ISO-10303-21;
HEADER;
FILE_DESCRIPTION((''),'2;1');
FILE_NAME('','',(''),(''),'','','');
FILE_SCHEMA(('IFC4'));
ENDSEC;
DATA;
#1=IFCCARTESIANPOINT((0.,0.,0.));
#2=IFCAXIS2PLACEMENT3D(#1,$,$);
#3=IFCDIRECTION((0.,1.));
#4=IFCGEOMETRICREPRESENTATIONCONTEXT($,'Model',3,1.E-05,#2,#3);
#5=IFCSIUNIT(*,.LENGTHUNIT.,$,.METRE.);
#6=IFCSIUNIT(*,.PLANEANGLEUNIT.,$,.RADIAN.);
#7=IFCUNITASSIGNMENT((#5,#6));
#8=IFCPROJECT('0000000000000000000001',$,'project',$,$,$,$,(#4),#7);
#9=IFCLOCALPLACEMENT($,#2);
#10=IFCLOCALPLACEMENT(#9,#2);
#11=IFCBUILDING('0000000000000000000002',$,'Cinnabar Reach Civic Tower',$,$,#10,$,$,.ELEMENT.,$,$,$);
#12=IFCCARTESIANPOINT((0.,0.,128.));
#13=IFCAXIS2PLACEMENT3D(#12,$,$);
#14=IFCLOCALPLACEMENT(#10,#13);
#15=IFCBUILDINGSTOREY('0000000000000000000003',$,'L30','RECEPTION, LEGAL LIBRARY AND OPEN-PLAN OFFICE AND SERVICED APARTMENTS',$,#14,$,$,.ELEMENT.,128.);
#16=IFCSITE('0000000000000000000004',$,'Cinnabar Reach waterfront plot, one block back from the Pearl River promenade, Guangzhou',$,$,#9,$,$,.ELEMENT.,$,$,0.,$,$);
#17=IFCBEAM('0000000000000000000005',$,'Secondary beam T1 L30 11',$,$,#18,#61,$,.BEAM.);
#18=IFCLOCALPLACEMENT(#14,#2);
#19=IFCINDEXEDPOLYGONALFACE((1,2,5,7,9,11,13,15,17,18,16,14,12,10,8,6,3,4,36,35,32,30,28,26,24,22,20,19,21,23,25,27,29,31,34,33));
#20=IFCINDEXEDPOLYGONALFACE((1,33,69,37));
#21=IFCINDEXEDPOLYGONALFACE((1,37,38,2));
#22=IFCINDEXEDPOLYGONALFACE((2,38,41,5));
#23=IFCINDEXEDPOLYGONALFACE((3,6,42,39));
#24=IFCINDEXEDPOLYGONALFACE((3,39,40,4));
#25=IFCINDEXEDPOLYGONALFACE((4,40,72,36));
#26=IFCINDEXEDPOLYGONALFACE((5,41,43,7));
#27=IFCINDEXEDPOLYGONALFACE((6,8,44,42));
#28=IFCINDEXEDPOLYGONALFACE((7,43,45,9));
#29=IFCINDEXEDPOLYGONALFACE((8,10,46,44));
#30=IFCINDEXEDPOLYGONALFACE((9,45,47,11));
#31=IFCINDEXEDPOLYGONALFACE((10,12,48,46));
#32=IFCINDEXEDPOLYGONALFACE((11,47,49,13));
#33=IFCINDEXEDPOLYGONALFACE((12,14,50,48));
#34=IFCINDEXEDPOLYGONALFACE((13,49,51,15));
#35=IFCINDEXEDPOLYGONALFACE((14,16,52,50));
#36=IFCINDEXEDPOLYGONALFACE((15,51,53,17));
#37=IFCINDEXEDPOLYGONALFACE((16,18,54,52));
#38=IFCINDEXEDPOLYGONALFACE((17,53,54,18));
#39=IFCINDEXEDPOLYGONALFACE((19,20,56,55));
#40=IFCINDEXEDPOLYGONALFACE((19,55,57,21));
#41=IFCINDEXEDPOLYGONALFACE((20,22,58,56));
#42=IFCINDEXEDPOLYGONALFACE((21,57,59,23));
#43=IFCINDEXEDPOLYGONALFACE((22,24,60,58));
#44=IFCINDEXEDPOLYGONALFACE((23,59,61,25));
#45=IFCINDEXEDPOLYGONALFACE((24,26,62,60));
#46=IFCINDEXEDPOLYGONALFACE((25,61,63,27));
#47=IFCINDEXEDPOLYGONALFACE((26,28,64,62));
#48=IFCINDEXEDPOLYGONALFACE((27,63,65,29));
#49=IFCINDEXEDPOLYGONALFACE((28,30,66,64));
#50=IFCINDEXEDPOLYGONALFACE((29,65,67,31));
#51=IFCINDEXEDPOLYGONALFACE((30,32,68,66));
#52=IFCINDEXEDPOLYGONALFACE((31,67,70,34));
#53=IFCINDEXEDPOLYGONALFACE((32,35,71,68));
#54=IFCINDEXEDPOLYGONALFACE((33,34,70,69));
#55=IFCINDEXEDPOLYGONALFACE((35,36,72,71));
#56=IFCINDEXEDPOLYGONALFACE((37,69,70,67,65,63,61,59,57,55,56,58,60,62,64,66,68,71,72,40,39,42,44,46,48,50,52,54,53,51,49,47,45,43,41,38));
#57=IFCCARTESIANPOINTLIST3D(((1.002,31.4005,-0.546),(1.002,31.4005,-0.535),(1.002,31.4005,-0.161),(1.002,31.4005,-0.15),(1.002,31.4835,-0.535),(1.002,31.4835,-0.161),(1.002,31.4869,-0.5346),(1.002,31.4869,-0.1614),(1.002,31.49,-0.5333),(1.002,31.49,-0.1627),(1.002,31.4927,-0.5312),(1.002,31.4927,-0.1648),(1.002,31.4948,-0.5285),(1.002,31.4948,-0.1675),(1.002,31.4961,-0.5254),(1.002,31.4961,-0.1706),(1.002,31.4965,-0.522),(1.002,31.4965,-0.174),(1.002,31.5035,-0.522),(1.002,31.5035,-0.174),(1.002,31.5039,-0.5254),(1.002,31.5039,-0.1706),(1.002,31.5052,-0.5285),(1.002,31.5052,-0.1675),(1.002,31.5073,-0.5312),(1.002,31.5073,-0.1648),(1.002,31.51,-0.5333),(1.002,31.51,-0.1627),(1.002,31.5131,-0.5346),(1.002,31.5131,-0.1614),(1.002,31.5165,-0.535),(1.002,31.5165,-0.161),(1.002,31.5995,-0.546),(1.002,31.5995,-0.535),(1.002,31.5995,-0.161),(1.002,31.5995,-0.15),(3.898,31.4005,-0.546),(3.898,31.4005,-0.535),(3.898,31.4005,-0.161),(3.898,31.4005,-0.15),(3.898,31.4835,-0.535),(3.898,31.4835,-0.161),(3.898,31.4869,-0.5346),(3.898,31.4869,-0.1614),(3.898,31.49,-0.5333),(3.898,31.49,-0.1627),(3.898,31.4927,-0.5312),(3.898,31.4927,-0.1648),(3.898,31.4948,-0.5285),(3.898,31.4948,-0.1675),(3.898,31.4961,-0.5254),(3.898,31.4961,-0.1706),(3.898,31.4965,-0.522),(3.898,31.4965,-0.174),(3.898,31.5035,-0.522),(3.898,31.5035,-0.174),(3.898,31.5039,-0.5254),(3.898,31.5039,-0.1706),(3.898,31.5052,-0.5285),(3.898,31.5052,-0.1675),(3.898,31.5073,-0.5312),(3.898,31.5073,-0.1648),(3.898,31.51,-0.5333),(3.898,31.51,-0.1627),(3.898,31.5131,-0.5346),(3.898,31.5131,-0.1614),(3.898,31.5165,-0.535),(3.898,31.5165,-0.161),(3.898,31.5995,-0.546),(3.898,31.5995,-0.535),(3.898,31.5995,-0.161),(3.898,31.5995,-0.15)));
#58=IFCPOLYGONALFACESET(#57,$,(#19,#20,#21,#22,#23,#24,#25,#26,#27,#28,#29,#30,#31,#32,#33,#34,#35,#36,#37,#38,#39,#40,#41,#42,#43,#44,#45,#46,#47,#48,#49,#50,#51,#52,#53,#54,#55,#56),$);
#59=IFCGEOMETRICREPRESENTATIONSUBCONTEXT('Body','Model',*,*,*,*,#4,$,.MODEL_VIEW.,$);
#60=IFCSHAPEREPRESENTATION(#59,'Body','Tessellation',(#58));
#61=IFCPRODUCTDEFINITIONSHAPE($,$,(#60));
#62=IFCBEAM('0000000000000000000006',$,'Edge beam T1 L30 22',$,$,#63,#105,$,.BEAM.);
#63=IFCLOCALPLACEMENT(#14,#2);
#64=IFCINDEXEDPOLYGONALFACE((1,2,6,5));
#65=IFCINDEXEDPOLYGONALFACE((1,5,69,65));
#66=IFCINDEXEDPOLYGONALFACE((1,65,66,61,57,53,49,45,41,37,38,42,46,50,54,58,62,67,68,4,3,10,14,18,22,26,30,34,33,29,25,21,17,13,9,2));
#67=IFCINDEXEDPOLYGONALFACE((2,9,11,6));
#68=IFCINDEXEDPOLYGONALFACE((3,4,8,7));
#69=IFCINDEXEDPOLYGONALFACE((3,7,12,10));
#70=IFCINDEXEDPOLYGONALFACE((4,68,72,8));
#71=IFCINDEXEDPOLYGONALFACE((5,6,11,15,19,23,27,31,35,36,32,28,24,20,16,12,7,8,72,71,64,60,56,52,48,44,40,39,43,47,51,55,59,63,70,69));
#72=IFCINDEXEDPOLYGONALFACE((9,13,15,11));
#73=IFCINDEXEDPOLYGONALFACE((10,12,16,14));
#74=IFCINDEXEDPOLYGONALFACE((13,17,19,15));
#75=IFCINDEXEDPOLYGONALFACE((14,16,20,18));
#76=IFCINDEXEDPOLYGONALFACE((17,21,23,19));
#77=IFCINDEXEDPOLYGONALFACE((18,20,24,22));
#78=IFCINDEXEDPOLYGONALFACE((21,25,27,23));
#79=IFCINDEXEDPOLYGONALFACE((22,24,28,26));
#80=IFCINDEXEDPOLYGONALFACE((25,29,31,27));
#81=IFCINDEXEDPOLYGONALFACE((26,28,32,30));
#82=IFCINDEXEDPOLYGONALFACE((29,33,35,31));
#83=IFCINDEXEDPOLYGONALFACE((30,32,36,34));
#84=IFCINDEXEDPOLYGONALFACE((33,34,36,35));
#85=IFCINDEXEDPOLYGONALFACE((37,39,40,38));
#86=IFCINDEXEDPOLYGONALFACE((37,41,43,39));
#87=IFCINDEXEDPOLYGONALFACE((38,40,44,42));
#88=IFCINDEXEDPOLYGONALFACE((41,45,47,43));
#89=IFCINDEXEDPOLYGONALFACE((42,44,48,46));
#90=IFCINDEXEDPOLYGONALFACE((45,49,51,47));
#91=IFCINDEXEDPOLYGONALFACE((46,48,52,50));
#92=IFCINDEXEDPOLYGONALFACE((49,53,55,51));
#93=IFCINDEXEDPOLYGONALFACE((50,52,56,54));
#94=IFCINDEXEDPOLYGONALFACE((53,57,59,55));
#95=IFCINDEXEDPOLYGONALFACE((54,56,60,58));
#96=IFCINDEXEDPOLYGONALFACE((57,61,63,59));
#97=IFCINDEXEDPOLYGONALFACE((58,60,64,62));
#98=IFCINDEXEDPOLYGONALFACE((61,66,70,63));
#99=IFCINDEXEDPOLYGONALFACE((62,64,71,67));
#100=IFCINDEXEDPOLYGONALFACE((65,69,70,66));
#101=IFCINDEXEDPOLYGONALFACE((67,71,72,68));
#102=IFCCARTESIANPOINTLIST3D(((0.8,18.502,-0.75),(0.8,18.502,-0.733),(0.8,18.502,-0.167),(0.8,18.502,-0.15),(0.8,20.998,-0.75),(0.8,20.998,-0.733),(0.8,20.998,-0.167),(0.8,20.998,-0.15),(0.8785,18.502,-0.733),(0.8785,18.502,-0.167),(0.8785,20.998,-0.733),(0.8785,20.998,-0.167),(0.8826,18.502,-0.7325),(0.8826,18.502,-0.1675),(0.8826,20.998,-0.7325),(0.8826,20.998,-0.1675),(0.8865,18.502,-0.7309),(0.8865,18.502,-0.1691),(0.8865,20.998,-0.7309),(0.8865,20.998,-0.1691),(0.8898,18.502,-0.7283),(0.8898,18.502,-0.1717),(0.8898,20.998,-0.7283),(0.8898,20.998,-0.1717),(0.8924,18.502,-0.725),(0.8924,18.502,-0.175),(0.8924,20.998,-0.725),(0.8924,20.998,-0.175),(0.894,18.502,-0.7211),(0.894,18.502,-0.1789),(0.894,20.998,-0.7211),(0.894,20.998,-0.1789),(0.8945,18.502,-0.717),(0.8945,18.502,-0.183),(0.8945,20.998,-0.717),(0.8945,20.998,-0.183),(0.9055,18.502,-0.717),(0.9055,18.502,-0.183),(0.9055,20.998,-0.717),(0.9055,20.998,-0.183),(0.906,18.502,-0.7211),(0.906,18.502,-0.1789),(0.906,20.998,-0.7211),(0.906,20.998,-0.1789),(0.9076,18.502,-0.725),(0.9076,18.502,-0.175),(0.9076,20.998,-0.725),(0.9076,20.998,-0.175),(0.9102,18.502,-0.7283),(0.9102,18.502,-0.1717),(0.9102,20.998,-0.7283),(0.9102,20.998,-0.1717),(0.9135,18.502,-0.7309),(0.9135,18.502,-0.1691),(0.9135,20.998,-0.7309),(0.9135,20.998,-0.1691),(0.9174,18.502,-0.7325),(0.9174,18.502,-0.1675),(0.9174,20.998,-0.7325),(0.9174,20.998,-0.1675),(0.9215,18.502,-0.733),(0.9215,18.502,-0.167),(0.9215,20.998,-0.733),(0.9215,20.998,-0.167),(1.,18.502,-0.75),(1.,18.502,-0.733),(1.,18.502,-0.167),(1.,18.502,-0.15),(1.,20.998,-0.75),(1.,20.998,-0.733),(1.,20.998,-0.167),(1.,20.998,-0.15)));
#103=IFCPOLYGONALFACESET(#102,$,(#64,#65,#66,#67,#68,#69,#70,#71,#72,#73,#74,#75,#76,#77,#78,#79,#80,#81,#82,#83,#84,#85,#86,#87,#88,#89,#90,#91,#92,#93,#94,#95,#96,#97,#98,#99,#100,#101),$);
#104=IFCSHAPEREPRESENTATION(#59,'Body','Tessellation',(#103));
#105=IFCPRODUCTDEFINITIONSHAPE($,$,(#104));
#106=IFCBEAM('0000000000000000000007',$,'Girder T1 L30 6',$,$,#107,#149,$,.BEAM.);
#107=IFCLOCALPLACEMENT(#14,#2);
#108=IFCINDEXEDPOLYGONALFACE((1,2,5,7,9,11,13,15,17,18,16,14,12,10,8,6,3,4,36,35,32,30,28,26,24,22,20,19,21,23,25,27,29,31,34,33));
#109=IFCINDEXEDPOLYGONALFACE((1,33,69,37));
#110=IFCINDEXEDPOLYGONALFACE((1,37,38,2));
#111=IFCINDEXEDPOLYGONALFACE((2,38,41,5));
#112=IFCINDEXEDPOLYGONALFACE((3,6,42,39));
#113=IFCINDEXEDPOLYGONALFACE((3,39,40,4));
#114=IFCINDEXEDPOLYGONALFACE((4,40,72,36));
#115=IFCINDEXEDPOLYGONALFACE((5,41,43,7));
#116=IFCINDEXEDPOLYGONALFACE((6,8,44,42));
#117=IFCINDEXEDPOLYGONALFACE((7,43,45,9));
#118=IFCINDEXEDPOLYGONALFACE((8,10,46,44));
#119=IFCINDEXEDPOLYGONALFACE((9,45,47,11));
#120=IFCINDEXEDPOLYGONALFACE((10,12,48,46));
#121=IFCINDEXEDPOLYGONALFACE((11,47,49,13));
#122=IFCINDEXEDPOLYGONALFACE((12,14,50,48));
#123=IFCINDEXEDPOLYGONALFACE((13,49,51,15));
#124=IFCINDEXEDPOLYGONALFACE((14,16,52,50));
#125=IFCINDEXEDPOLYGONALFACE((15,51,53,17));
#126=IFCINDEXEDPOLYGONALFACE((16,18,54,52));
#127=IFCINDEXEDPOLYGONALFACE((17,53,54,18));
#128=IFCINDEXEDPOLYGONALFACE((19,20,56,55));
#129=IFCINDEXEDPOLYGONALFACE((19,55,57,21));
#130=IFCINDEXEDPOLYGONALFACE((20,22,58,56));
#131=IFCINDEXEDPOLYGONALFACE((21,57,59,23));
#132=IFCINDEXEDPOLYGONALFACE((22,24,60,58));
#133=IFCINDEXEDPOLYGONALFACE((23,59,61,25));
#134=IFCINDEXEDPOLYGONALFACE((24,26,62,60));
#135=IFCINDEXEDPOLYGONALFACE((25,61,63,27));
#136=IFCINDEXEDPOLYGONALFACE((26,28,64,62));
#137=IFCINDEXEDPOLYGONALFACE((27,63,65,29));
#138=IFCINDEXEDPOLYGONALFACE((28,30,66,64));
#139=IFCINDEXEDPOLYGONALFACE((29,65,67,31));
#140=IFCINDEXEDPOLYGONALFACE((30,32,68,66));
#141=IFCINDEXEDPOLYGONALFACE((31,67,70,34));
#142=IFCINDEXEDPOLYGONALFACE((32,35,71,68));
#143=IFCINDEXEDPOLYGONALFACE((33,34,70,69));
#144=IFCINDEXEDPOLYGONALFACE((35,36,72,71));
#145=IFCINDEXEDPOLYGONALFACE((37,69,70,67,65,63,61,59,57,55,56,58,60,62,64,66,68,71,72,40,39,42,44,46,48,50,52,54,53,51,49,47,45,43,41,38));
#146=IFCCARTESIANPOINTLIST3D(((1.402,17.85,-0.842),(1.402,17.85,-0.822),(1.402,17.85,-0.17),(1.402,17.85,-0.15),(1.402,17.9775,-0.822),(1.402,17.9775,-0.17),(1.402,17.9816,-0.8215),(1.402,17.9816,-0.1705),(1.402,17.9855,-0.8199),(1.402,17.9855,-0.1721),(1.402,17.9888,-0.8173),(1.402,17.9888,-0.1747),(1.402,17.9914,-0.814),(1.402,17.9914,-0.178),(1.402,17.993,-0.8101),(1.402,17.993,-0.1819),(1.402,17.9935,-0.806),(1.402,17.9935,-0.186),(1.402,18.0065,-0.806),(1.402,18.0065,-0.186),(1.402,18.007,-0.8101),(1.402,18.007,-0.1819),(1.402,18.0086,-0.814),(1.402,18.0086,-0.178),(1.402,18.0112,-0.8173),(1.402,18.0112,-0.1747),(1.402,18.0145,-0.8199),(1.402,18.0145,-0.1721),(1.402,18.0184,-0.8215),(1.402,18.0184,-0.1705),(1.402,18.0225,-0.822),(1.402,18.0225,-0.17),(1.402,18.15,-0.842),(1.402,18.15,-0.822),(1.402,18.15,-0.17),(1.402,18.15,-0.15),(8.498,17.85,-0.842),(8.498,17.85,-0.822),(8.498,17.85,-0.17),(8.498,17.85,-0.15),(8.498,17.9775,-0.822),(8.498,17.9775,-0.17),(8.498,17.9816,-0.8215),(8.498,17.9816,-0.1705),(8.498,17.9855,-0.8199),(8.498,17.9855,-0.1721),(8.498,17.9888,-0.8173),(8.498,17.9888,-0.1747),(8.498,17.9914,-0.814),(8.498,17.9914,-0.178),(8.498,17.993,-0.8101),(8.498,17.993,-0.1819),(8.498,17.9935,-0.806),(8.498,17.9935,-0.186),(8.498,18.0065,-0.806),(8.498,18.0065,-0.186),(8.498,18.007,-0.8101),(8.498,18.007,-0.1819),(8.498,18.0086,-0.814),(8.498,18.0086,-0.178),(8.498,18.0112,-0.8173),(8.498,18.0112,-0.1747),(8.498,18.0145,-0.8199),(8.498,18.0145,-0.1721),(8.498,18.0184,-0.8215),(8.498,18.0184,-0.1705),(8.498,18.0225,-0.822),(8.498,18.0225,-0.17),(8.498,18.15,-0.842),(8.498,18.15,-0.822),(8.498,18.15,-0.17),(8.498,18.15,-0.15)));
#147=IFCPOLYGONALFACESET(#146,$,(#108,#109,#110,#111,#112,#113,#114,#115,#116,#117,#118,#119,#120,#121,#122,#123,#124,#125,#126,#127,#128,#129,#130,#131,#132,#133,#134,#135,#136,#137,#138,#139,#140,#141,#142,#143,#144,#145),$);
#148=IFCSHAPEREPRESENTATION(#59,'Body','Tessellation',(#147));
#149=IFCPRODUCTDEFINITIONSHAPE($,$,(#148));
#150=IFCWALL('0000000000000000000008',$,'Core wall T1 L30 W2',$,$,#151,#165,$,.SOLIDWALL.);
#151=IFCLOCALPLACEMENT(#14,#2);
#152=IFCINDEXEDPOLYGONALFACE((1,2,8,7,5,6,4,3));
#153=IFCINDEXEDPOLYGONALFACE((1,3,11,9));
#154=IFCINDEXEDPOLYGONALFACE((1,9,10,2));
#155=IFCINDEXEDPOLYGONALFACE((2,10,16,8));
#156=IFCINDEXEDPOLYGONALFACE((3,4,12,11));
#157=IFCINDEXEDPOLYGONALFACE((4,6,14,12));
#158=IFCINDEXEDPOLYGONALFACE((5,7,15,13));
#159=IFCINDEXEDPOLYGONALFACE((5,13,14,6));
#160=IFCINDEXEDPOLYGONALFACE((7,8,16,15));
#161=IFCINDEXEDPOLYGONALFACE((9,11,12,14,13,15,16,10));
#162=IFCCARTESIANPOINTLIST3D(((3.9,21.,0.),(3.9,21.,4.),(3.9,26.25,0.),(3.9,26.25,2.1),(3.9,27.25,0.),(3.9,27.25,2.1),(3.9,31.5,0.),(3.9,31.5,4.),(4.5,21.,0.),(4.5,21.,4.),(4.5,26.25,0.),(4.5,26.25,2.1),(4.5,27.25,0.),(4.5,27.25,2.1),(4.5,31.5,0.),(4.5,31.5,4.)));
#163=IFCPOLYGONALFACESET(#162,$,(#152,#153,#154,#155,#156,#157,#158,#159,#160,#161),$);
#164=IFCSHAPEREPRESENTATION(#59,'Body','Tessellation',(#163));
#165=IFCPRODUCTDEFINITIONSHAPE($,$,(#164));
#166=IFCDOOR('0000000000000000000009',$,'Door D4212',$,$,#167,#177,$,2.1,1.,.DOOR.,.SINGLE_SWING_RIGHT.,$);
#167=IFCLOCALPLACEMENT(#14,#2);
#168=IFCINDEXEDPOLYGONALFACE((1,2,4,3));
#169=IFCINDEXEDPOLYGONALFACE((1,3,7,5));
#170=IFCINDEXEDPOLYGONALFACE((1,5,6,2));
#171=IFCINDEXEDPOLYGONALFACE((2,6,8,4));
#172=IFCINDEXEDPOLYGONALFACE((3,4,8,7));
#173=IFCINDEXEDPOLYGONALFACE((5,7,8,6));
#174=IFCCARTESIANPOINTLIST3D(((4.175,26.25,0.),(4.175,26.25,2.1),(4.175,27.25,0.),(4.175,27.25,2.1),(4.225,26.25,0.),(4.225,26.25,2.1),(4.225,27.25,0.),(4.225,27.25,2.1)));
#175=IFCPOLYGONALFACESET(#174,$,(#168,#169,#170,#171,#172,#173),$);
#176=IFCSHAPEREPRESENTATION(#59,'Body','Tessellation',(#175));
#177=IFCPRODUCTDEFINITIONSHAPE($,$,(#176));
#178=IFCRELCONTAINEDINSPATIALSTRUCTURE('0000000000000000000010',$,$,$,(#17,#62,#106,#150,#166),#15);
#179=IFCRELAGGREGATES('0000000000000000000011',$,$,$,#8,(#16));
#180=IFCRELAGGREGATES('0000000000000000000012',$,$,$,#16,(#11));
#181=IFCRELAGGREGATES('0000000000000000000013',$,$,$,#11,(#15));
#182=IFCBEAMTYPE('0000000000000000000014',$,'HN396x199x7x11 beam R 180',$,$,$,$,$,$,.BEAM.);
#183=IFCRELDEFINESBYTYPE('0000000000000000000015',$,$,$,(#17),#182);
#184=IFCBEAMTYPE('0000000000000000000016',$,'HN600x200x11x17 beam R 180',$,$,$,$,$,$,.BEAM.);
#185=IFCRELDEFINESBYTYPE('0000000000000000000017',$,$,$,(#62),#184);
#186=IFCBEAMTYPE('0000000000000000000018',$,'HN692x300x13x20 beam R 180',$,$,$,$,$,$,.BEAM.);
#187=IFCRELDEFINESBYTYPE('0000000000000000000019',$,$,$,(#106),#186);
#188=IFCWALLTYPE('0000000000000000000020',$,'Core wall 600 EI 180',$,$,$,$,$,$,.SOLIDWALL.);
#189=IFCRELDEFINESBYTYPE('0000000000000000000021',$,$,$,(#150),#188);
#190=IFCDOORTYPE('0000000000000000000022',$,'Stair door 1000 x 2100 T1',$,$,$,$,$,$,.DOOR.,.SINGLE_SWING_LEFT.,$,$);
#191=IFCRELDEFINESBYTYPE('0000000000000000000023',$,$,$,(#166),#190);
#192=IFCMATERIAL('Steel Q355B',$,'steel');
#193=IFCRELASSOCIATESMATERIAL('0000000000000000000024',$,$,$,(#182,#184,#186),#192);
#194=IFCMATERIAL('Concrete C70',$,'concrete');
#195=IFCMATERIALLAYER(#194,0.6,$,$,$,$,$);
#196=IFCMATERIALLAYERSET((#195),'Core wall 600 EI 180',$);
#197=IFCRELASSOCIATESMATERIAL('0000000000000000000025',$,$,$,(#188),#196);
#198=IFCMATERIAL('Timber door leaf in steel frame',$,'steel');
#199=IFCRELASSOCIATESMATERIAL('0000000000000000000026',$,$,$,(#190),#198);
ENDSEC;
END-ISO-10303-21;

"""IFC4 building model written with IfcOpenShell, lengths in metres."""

from ifc_helpers import new_model, si_unit, direction, frame, frame_2d, origin, origin_2d, place, context, subcontext, project, spatial, rectangle, i_section, extrude, material, layer, layer_set, material_profile, profile_set, type_object, element, fill, save


model = new_model("IFC4")

# Units and contexts
model_context = context("Model", 3, precision=1e-05, world=origin(), true_north=direction((0.0, 1.0)))
body_context = subcontext(model_context, "Body", "Model", "MODEL_VIEW")
ifc_project = project(units=[si_unit("LENGTHUNIT", "METRE"), si_unit("PLANEANGLEUNIT", "RADIAN")], contexts=[model_context])

# Site, building, storey
site_placement = place(None, origin())
site = spatial("IfcSite", under=ifc_project, at=site_placement, Name="Cinnabar Reach waterfront plot, one block back from the Pearl River promenade, Guangzhou", CompositionType="ELEMENT", RefElevation=0.0)
building_placement = place(site_placement, origin())
building = spatial("IfcBuilding", under=site, at=building_placement, Name="Cinnabar Reach Civic Tower", CompositionType="ELEMENT")
storey_placement = place(building_placement, frame((0.0, 0.0, 128.0)))
storey = spatial("IfcBuildingStorey", under=building, at=storey_placement, Name="L30", Description="RECEPTION, LEGAL LIBRARY AND OPEN-PLAN OFFICE AND SERVICED APARTMENTS", CompositionType="ELEMENT", Elevation=128.0)

# Beams
ifc_material_1 = material(Name="Steel Q355B", Category="steel")
ifc_material_profile_1 = material_profile(ifc_material_1, i_section(OverallWidth=0.199, OverallDepth=0.396, WebThickness=0.007, FlangeThickness=0.011, FilletRadius=0.013, at=origin_2d()), Name="HN396x199x7x11")
ifc_profile_set_1 = profile_set([ifc_material_profile_1], Name="Steel Q355B")
beam_type_1 = type_object("IfcBeamType", Name="HN396x199x7x11 beam R 180", PredefinedType="BEAM", material=ifc_profile_set_1)
beam_1_placement = place(storey_placement, frame((1.002, 31.5, -0.348), z_axis=(1.0, 0.0, 0.0), x_axis=(0.0, 1.0, 0.0)))
element("IfcBeam", 1, at=beam_1_placement, inside=storey, type_object=beam_type_1, Name="Secondary beam T1 L30 11", PredefinedType="BEAM", context=body_context, shape_type="SweptSolid", body=[
    extrude(i_section(OverallWidth=0.199, OverallDepth=0.396, WebThickness=0.007, FlangeThickness=0.011, FilletRadius=0.013, at=origin_2d()), origin(), (0.0, 0.0, 1.0), 2.896),
])
ifc_material_profile_2 = material_profile(ifc_material_1, i_section(OverallWidth=0.2, OverallDepth=0.6, WebThickness=0.011, FlangeThickness=0.017, FilletRadius=0.016, at=origin_2d()), Name="HN600x200x11x17")
ifc_profile_set_2 = profile_set([ifc_material_profile_2], Name="Steel Q355B")
beam_type_2 = type_object("IfcBeamType", Name="HN600x200x11x17 beam R 180", PredefinedType="BEAM", material=ifc_profile_set_2)
beam_2_placement = place(storey_placement, frame((0.9, 20.998, -0.45), z_axis=(0.0, -1.0, 0.0), x_axis=(1.0, 0.0, 0.0)))
element("IfcBeam", 2, at=beam_2_placement, inside=storey, type_object=beam_type_2, Name="Edge beam T1 L30 22", PredefinedType="BEAM", context=body_context, shape_type="SweptSolid", body=[
    extrude(i_section(OverallWidth=0.2, OverallDepth=0.6, WebThickness=0.011, FlangeThickness=0.017, FilletRadius=0.016, at=origin_2d()), origin(), (0.0, 0.0, 1.0), 2.496),
])
ifc_material_profile_3 = material_profile(ifc_material_1, i_section(OverallWidth=0.3, OverallDepth=0.692, WebThickness=0.013, FlangeThickness=0.02, FilletRadius=0.016, at=origin_2d()), Name="HN692x300x13x20")
ifc_profile_set_3 = profile_set([ifc_material_profile_3], Name="Steel Q355B")
beam_type_3 = type_object("IfcBeamType", Name="HN692x300x13x20 beam R 180", PredefinedType="BEAM", material=ifc_profile_set_3)
beam_3_placement = place(storey_placement, frame((1.402, 18.0, -0.496), z_axis=(1.0, 0.0, 0.0), x_axis=(0.0, 1.0, 0.0)))
element("IfcBeam", 3, at=beam_3_placement, inside=storey, type_object=beam_type_3, Name="Girder T1 L30 6", PredefinedType="BEAM", context=body_context, shape_type="SweptSolid", body=[
    extrude(i_section(OverallWidth=0.3, OverallDepth=0.692, WebThickness=0.013, FlangeThickness=0.02, FilletRadius=0.016, at=origin_2d()), origin(), (0.0, 0.0, 1.0), 7.096),
])

# Wall, opening, door
ifc_material_2 = material(Name="Concrete C70", Category="concrete")
ifc_layer_1 = layer(ifc_material_2, 0.6)
ifc_layer_set_1 = layer_set([ifc_layer_1], Name="Core wall 600 EI 180")
wall_type_1 = type_object("IfcWallType", Name="Core wall 600 EI 180", PredefinedType="SOLIDWALL", material=ifc_layer_set_1)
wall_1_placement = place(storey_placement, frame((4.2, 31.5, 0.0), z_axis=(0.0, 0.0, 1.0), x_axis=(0.0, -1.0, 0.0)))
wall_1 = element("IfcWall", 4, at=wall_1_placement, inside=storey, type_object=wall_type_1, Name="Core wall T1 L30 W2", PredefinedType="SOLIDWALL", context=body_context, shape_type="SweptSolid", body=[
    extrude(rectangle(XDim=10.5, YDim=0.6, at=frame_2d((5.25, 0.0))), origin(), (0.0, 0.0, 1.0), 4.0),
])
opening_1_placement = place(wall_1_placement, frame((4.25, 0.0, 0.0)))
opening_1 = element("IfcOpeningElement", 5, at=opening_1_placement, cuts=wall_1, PredefinedType="OPENING", context=body_context, shape_type="SweptSolid", body=[
    extrude(rectangle(XDim=1.0, YDim=2.1, at=frame_2d((0.5, 1.05))), frame((0.0, 0.31, 0.0), z_axis=(0.0, -1.0, 0.0), x_axis=(1.0, 0.0, 0.0)), (0.0, 0.0, 1.0), 0.62),
])
ifc_material_3 = material(Name="Timber door leaf in steel frame", Category="steel")
door_type_1 = type_object("IfcDoorType", Name="Stair door 1000 x 2100 T1", OperationType="SINGLE_SWING_LEFT", PredefinedType="DOOR", material=ifc_material_3)
door_1_placement = place(opening_1_placement, frame((1.0, 0.0, 0.0), z_axis=(0.0, 0.0, 1.0), x_axis=(-1.0, 0.0, 0.0)))
door_1 = element("IfcDoor", 6, at=door_1_placement, inside=storey, type_object=door_type_1, Name="Door D4212", OperationType="SINGLE_SWING_RIGHT", OverallHeight=2.1, OverallWidth=1.0, PredefinedType="DOOR", context=body_context, shape_type="SweptSolid", body=[
    extrude(rectangle(XDim=1.0, YDim=2.1, at=frame_2d((0.5, 1.05))), frame((0.0, 0.025, 0.0), z_axis=(0.0, -1.0, 0.0), x_axis=(1.0, 0.0, 0.0)), (0.0, 0.0, 1.0), 0.05),
])
fill(opening_1, door_1)

save(model, "model.ifc")
